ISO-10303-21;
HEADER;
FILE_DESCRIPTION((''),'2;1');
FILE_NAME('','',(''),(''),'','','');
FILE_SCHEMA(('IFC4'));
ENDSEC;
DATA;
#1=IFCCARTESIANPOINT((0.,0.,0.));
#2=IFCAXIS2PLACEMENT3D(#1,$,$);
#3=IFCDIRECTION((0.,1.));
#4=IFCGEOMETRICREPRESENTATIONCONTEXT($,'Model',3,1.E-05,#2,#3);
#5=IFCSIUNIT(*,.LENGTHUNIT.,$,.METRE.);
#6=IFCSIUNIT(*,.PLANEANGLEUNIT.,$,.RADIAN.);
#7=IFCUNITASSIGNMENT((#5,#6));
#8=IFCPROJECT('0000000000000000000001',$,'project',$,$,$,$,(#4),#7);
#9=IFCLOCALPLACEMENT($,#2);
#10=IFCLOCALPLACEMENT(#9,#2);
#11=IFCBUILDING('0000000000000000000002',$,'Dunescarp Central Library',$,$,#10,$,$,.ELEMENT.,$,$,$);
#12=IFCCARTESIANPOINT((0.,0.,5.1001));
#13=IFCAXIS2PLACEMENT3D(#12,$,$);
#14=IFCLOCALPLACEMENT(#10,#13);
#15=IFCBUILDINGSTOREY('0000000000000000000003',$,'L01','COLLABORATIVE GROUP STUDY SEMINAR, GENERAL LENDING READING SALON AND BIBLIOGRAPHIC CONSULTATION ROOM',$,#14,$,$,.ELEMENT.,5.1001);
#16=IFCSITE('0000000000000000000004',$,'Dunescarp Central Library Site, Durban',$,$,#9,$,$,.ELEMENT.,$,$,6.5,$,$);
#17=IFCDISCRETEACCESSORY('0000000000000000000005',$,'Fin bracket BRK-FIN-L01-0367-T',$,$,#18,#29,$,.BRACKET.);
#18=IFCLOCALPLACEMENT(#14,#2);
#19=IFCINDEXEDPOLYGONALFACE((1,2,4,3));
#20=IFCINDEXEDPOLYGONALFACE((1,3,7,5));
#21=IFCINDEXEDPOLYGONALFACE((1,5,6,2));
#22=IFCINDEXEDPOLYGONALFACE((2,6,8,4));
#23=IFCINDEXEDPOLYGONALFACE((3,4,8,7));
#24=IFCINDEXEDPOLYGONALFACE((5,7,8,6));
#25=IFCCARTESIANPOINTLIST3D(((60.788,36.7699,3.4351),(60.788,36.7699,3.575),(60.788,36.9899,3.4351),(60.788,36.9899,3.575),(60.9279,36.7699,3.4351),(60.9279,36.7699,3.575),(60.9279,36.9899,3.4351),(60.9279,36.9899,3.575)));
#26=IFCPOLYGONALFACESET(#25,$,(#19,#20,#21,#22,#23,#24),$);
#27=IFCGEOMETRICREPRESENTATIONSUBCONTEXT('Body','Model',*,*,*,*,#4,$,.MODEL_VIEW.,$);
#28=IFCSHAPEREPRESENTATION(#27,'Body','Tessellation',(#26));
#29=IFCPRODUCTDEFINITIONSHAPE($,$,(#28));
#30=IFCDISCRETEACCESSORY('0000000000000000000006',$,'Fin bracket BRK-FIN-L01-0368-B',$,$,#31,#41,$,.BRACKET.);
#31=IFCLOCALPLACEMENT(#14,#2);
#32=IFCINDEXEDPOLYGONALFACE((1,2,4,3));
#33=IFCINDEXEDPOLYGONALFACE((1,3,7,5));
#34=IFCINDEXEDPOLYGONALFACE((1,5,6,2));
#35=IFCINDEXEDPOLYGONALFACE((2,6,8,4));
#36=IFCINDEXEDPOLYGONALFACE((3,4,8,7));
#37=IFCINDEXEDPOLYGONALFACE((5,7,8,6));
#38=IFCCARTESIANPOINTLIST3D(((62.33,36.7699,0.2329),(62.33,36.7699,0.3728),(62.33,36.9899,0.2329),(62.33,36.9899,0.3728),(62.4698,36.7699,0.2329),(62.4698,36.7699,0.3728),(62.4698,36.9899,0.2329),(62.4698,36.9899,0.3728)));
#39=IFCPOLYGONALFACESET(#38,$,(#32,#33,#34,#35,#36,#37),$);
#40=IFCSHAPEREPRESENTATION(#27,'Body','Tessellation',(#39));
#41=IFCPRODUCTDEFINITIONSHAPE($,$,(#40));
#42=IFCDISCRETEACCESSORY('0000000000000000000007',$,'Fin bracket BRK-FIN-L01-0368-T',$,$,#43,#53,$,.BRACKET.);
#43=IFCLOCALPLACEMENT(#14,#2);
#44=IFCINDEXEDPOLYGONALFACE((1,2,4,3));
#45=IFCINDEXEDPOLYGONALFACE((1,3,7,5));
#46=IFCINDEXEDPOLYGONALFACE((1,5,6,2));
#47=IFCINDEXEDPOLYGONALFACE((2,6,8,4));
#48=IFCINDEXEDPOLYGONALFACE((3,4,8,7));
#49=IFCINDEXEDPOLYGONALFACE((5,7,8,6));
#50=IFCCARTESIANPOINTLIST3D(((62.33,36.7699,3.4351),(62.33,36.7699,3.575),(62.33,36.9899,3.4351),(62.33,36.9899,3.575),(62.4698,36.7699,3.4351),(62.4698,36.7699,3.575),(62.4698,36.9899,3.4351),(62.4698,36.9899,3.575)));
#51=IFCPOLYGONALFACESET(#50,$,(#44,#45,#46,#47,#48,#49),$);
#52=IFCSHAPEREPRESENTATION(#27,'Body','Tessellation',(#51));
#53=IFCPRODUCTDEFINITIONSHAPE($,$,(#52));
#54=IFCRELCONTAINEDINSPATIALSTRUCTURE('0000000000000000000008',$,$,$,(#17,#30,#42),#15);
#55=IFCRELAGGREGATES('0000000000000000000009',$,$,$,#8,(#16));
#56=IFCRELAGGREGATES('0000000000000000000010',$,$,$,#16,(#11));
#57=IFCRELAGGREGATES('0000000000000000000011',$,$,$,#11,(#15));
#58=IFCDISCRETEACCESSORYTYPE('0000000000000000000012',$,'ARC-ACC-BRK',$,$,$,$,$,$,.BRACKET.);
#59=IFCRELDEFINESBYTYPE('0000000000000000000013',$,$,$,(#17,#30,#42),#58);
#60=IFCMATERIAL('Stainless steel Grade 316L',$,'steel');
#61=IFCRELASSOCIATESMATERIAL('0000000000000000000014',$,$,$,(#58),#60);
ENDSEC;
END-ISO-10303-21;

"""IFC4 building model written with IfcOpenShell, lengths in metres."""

from ifc_helpers import new_model, si_unit, direction, frame, origin, origin_2d, place, context, subcontext, project, spatial, rectangle, extrude, material, type_object, element, save


model = new_model("IFC4")

# Units and contexts
model_context = context("Model", 3, precision=1e-05, world=origin(), true_north=direction((0.0, 1.0)))
body_context = subcontext(model_context, "Body", "Model", "MODEL_VIEW")
ifc_project = project(units=[si_unit("LENGTHUNIT", "METRE"), si_unit("PLANEANGLEUNIT", "RADIAN")], contexts=[model_context])

# Site, building, storey
site_placement = place(None, origin())
site = spatial("IfcSite", under=ifc_project, at=site_placement, Name="Dunescarp Central Library Site, Durban", CompositionType="ELEMENT", RefElevation=6.5)
building_placement = place(site_placement, origin())
building = spatial("IfcBuilding", under=site, at=building_placement, Name="Dunescarp Central Library", CompositionType="ELEMENT")
storey_placement = place(building_placement, frame((0.0, 0.0, 5.1001)))
storey = spatial("IfcBuildingStorey", under=building, at=storey_placement, Name="L01", Description="COLLABORATIVE GROUP STUDY SEMINAR, GENERAL LENDING READING SALON AND BIBLIOGRAPHIC CONSULTATION ROOM", CompositionType="ELEMENT", Elevation=5.1001)

# Discrete accessories
ifc_material_1 = material(Name="Stainless steel Grade 316L", Category="steel")
discrete_accessory_type = type_object("IfcDiscreteAccessoryType", Name="ARC-ACC-BRK", PredefinedType="BRACKET", material=ifc_material_1)
for number, where, z_axis, x_axis, name in (
    (1, (60.8579, 36.8799, 3.4351), (0.0, 0.0, 1.0), (0.0, 1.0, 0.0), "Fin bracket BRK-FIN-L01-0367-T"),
    (2, (62.3999, 36.8799, 0.2329), (0.0, 0.0, 1.0), (0.0, 1.0, 0.0), "Fin bracket BRK-FIN-L01-0368-B"),
    (3, (62.3999, 36.8799, 3.4351), (0.0, 0.0, 1.0), (0.0, 1.0, 0.0), "Fin bracket BRK-FIN-L01-0368-T"),
):
    element("IfcDiscreteAccessory", number, at=place(storey_placement, frame(where, z_axis=z_axis, x_axis=x_axis)), inside=storey, type_object=discrete_accessory_type, Name=name, PredefinedType="BRACKET", context=body_context, shape_type="SweptSolid", body=[
        extrude(rectangle(XDim=0.22, YDim=0.1399, at=origin_2d()), origin(), (0.0, 0.0, 1.0), 0.1399),
    ])

save(model, "model.ifc")
